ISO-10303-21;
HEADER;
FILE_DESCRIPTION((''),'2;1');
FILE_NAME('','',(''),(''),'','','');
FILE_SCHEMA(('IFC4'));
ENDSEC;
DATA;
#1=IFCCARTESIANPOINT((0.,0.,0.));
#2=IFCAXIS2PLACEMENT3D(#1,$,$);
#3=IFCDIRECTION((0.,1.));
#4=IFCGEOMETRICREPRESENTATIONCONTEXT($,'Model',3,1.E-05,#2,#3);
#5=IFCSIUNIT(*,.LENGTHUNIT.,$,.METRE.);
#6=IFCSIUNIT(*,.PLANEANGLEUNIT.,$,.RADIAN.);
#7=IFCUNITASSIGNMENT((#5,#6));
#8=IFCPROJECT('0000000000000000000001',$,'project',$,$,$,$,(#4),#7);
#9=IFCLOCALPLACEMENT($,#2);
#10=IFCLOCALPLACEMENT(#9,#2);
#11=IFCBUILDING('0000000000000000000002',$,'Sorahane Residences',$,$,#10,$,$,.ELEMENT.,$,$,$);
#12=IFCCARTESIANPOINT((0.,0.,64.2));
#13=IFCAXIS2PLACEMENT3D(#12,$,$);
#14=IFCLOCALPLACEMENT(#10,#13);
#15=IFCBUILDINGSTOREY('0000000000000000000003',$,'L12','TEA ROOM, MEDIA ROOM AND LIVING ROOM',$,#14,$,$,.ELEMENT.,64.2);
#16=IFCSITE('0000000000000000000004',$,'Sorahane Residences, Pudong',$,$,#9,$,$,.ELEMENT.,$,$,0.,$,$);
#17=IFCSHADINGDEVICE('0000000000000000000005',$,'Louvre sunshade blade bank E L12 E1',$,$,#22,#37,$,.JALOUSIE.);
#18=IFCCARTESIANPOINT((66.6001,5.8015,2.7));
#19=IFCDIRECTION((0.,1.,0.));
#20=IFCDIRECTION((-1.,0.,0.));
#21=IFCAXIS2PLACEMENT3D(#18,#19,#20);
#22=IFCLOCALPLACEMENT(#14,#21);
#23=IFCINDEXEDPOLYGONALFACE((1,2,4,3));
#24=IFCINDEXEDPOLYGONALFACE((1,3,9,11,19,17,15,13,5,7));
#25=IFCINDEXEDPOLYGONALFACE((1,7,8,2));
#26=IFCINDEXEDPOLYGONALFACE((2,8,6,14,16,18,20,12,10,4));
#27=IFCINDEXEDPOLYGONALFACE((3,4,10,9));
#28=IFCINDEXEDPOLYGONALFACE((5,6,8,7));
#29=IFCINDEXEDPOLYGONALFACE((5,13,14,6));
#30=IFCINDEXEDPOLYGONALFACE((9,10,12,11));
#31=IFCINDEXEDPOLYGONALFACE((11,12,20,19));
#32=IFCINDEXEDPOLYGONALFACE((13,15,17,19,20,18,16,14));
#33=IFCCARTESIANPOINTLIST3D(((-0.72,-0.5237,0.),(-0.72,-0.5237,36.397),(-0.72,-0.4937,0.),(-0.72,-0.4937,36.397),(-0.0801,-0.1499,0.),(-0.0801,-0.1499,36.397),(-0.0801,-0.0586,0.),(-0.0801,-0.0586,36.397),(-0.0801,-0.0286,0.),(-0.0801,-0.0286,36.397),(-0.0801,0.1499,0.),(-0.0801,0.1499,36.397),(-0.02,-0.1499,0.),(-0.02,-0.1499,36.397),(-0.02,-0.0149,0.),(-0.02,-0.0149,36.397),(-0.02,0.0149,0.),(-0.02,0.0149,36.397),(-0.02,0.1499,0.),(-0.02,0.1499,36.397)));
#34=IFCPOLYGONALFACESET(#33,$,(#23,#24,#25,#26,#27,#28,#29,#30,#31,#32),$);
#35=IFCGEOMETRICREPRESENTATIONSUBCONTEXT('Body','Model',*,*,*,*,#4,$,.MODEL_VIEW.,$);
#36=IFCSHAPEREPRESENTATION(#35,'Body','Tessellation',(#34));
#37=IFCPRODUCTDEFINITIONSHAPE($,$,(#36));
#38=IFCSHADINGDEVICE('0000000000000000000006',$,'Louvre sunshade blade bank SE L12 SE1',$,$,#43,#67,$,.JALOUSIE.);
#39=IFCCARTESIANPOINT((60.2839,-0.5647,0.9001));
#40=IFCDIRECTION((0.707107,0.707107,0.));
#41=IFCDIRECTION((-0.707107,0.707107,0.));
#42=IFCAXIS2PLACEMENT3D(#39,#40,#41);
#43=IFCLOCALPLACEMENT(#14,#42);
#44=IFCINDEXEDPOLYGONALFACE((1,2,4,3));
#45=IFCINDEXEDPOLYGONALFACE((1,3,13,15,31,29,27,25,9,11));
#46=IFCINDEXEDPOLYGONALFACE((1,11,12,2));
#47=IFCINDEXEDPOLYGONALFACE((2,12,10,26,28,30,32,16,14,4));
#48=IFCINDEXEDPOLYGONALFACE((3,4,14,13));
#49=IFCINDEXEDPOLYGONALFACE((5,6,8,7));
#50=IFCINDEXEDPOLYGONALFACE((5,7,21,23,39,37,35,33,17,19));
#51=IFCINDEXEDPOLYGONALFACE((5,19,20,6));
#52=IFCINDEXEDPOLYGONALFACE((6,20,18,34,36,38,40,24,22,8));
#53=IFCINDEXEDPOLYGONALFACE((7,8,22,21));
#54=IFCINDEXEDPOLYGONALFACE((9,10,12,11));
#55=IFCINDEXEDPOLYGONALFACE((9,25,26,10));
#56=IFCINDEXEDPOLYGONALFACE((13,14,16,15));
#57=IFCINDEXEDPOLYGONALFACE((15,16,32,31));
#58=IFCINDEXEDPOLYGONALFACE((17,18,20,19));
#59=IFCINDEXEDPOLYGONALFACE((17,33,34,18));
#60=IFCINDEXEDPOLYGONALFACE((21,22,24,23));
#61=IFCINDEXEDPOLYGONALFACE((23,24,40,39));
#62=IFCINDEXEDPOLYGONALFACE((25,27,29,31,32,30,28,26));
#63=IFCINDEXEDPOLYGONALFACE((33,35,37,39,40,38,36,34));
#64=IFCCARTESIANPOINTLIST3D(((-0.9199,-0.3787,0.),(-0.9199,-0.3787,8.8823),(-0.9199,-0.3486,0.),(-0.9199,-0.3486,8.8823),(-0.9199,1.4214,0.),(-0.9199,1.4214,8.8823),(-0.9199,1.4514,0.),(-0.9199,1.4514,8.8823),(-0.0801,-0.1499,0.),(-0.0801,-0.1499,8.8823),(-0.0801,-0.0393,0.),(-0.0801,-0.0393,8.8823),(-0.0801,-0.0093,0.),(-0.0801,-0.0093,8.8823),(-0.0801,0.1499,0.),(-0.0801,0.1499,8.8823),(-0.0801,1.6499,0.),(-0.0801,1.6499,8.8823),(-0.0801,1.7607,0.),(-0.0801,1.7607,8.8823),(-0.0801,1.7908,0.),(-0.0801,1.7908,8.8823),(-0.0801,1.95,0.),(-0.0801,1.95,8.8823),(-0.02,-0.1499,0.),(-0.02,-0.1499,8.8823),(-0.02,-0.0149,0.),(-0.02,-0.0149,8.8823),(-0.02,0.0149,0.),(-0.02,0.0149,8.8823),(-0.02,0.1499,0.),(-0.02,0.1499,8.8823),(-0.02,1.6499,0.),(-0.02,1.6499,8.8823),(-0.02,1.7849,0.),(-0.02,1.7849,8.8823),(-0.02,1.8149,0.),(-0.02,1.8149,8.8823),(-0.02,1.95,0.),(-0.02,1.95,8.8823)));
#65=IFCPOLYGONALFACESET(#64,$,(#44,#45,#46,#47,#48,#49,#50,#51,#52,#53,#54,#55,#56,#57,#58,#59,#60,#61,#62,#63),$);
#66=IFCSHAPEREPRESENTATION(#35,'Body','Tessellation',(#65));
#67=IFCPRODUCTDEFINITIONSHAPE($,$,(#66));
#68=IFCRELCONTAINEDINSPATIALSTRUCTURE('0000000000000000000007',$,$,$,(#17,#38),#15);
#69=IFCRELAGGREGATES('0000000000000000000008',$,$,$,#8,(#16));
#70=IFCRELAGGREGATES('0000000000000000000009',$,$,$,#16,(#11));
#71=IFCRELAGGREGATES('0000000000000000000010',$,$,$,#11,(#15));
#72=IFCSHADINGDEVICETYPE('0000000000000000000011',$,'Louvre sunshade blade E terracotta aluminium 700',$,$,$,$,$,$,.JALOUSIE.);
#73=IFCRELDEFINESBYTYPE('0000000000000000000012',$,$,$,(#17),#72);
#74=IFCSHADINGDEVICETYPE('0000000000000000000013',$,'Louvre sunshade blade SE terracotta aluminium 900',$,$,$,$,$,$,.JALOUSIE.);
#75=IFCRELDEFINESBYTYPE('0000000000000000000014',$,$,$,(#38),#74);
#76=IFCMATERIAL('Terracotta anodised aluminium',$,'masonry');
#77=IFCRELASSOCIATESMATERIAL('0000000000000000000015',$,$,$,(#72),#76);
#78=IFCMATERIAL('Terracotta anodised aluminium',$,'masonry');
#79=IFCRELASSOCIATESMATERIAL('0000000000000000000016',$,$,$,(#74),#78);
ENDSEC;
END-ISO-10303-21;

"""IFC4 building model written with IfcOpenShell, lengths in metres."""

from ifc_helpers import new_model, si_unit, direction, frame, origin, place, context, subcontext, project, spatial, polyline, outline, composite_profile, extrude, material, type_object, element, save


model = new_model("IFC4")

# Units and contexts
model_context = context("Model", 3, precision=1e-05, world=origin(), true_north=direction((0.0, 1.0)))
body_context = subcontext(model_context, "Body", "Model", "MODEL_VIEW")
ifc_project = project(units=[si_unit("LENGTHUNIT", "METRE"), si_unit("PLANEANGLEUNIT", "RADIAN")], contexts=[model_context])

# Site, building, storey
site_placement = place(None, origin())
site = spatial("IfcSite", under=ifc_project, at=site_placement, Name="Sorahane Residences, Pudong", CompositionType="ELEMENT", RefElevation=0.0)
building_placement = place(site_placement, origin())
building = spatial("IfcBuilding", under=site, at=building_placement, Name="Sorahane Residences", CompositionType="ELEMENT")
storey_placement = place(building_placement, frame((0.0, 0.0, 64.2)))
storey = spatial("IfcBuildingStorey", under=building, at=storey_placement, Name="L12", Description="TEA ROOM, MEDIA ROOM AND LIVING ROOM", CompositionType="ELEMENT", Elevation=64.2)

# Shading devices
ifc_material_1 = material(Name="Terracotta anodised aluminium", Category="masonry")
shading_device_type_1 = type_object("IfcShadingDeviceType", Name="Louvre sunshade blade E terracotta aluminium 700", PredefinedType="JALOUSIE", material=ifc_material_1)
shading_device_1_placement = place(storey_placement, frame((66.6001, 5.8015, 2.7), z_axis=(0.0, 1.0, 0.0), x_axis=(-1.0, 0.0, 0.0)))
element("IfcShadingDevice", 1, at=shading_device_1_placement, inside=storey, type_object=shading_device_type_1, Name="Louvre sunshade blade bank E L12 E1", PredefinedType="JALOUSIE", context=body_context, shape_type="SweptSolid", body=[
    extrude(outline(polyline([(-0.72, -0.4937), (-0.72, -0.5237), (-0.0801, -0.0586), (-0.0801, -0.1499), (-0.02, -0.1499), (-0.02, -0.0149), (-0.02, 0.0149), (-0.02, 0.1499), (-0.0801, 0.1499), (-0.0801, -0.0286), (-0.72, -0.4937)])), origin(), (0.0, 0.0, 1.0), 36.397),
])
ifc_material_2 = material(Name="Terracotta anodised aluminium", Category="masonry")
shading_device_type_2 = type_object("IfcShadingDeviceType", Name="Louvre sunshade blade SE terracotta aluminium 900", PredefinedType="JALOUSIE", material=ifc_material_2)
shading_device_2_placement = place(storey_placement, frame((60.2839, -0.5647, 0.9001), z_axis=(0.707107, 0.707107, 0.0), x_axis=(-0.707107, 0.707107, 0.0)))
element("IfcShadingDevice", 2, at=shading_device_2_placement, inside=storey, type_object=shading_device_type_2, Name="Louvre sunshade blade bank SE L12 SE1", PredefinedType="JALOUSIE", context=body_context, shape_type="SweptSolid", body=[
    extrude(composite_profile([outline(polyline([(-0.9199, -0.3486), (-0.9199, -0.3787), (-0.0801, -0.0393), (-0.0801, -0.1499), (-0.02, -0.1499), (-0.02, -0.0149), (-0.02, 0.0149), (-0.02, 0.1499), (-0.0801, 0.1499), (-0.0801, -0.0093), (-0.9199, -0.3486)])), outline(polyline([(-0.9199, 1.4514), (-0.9199, 1.4214), (-0.0801, 1.7607), (-0.0801, 1.6499), (-0.02, 1.6499), (-0.02, 1.7849), (-0.02, 1.8149), (-0.02, 1.95), (-0.0801, 1.95), (-0.0801, 1.7908), (-0.9199, 1.4514)]))]), origin(), (0.0, 0.0, 1.0), 8.8823),
])

save(model, "model.ifc")
